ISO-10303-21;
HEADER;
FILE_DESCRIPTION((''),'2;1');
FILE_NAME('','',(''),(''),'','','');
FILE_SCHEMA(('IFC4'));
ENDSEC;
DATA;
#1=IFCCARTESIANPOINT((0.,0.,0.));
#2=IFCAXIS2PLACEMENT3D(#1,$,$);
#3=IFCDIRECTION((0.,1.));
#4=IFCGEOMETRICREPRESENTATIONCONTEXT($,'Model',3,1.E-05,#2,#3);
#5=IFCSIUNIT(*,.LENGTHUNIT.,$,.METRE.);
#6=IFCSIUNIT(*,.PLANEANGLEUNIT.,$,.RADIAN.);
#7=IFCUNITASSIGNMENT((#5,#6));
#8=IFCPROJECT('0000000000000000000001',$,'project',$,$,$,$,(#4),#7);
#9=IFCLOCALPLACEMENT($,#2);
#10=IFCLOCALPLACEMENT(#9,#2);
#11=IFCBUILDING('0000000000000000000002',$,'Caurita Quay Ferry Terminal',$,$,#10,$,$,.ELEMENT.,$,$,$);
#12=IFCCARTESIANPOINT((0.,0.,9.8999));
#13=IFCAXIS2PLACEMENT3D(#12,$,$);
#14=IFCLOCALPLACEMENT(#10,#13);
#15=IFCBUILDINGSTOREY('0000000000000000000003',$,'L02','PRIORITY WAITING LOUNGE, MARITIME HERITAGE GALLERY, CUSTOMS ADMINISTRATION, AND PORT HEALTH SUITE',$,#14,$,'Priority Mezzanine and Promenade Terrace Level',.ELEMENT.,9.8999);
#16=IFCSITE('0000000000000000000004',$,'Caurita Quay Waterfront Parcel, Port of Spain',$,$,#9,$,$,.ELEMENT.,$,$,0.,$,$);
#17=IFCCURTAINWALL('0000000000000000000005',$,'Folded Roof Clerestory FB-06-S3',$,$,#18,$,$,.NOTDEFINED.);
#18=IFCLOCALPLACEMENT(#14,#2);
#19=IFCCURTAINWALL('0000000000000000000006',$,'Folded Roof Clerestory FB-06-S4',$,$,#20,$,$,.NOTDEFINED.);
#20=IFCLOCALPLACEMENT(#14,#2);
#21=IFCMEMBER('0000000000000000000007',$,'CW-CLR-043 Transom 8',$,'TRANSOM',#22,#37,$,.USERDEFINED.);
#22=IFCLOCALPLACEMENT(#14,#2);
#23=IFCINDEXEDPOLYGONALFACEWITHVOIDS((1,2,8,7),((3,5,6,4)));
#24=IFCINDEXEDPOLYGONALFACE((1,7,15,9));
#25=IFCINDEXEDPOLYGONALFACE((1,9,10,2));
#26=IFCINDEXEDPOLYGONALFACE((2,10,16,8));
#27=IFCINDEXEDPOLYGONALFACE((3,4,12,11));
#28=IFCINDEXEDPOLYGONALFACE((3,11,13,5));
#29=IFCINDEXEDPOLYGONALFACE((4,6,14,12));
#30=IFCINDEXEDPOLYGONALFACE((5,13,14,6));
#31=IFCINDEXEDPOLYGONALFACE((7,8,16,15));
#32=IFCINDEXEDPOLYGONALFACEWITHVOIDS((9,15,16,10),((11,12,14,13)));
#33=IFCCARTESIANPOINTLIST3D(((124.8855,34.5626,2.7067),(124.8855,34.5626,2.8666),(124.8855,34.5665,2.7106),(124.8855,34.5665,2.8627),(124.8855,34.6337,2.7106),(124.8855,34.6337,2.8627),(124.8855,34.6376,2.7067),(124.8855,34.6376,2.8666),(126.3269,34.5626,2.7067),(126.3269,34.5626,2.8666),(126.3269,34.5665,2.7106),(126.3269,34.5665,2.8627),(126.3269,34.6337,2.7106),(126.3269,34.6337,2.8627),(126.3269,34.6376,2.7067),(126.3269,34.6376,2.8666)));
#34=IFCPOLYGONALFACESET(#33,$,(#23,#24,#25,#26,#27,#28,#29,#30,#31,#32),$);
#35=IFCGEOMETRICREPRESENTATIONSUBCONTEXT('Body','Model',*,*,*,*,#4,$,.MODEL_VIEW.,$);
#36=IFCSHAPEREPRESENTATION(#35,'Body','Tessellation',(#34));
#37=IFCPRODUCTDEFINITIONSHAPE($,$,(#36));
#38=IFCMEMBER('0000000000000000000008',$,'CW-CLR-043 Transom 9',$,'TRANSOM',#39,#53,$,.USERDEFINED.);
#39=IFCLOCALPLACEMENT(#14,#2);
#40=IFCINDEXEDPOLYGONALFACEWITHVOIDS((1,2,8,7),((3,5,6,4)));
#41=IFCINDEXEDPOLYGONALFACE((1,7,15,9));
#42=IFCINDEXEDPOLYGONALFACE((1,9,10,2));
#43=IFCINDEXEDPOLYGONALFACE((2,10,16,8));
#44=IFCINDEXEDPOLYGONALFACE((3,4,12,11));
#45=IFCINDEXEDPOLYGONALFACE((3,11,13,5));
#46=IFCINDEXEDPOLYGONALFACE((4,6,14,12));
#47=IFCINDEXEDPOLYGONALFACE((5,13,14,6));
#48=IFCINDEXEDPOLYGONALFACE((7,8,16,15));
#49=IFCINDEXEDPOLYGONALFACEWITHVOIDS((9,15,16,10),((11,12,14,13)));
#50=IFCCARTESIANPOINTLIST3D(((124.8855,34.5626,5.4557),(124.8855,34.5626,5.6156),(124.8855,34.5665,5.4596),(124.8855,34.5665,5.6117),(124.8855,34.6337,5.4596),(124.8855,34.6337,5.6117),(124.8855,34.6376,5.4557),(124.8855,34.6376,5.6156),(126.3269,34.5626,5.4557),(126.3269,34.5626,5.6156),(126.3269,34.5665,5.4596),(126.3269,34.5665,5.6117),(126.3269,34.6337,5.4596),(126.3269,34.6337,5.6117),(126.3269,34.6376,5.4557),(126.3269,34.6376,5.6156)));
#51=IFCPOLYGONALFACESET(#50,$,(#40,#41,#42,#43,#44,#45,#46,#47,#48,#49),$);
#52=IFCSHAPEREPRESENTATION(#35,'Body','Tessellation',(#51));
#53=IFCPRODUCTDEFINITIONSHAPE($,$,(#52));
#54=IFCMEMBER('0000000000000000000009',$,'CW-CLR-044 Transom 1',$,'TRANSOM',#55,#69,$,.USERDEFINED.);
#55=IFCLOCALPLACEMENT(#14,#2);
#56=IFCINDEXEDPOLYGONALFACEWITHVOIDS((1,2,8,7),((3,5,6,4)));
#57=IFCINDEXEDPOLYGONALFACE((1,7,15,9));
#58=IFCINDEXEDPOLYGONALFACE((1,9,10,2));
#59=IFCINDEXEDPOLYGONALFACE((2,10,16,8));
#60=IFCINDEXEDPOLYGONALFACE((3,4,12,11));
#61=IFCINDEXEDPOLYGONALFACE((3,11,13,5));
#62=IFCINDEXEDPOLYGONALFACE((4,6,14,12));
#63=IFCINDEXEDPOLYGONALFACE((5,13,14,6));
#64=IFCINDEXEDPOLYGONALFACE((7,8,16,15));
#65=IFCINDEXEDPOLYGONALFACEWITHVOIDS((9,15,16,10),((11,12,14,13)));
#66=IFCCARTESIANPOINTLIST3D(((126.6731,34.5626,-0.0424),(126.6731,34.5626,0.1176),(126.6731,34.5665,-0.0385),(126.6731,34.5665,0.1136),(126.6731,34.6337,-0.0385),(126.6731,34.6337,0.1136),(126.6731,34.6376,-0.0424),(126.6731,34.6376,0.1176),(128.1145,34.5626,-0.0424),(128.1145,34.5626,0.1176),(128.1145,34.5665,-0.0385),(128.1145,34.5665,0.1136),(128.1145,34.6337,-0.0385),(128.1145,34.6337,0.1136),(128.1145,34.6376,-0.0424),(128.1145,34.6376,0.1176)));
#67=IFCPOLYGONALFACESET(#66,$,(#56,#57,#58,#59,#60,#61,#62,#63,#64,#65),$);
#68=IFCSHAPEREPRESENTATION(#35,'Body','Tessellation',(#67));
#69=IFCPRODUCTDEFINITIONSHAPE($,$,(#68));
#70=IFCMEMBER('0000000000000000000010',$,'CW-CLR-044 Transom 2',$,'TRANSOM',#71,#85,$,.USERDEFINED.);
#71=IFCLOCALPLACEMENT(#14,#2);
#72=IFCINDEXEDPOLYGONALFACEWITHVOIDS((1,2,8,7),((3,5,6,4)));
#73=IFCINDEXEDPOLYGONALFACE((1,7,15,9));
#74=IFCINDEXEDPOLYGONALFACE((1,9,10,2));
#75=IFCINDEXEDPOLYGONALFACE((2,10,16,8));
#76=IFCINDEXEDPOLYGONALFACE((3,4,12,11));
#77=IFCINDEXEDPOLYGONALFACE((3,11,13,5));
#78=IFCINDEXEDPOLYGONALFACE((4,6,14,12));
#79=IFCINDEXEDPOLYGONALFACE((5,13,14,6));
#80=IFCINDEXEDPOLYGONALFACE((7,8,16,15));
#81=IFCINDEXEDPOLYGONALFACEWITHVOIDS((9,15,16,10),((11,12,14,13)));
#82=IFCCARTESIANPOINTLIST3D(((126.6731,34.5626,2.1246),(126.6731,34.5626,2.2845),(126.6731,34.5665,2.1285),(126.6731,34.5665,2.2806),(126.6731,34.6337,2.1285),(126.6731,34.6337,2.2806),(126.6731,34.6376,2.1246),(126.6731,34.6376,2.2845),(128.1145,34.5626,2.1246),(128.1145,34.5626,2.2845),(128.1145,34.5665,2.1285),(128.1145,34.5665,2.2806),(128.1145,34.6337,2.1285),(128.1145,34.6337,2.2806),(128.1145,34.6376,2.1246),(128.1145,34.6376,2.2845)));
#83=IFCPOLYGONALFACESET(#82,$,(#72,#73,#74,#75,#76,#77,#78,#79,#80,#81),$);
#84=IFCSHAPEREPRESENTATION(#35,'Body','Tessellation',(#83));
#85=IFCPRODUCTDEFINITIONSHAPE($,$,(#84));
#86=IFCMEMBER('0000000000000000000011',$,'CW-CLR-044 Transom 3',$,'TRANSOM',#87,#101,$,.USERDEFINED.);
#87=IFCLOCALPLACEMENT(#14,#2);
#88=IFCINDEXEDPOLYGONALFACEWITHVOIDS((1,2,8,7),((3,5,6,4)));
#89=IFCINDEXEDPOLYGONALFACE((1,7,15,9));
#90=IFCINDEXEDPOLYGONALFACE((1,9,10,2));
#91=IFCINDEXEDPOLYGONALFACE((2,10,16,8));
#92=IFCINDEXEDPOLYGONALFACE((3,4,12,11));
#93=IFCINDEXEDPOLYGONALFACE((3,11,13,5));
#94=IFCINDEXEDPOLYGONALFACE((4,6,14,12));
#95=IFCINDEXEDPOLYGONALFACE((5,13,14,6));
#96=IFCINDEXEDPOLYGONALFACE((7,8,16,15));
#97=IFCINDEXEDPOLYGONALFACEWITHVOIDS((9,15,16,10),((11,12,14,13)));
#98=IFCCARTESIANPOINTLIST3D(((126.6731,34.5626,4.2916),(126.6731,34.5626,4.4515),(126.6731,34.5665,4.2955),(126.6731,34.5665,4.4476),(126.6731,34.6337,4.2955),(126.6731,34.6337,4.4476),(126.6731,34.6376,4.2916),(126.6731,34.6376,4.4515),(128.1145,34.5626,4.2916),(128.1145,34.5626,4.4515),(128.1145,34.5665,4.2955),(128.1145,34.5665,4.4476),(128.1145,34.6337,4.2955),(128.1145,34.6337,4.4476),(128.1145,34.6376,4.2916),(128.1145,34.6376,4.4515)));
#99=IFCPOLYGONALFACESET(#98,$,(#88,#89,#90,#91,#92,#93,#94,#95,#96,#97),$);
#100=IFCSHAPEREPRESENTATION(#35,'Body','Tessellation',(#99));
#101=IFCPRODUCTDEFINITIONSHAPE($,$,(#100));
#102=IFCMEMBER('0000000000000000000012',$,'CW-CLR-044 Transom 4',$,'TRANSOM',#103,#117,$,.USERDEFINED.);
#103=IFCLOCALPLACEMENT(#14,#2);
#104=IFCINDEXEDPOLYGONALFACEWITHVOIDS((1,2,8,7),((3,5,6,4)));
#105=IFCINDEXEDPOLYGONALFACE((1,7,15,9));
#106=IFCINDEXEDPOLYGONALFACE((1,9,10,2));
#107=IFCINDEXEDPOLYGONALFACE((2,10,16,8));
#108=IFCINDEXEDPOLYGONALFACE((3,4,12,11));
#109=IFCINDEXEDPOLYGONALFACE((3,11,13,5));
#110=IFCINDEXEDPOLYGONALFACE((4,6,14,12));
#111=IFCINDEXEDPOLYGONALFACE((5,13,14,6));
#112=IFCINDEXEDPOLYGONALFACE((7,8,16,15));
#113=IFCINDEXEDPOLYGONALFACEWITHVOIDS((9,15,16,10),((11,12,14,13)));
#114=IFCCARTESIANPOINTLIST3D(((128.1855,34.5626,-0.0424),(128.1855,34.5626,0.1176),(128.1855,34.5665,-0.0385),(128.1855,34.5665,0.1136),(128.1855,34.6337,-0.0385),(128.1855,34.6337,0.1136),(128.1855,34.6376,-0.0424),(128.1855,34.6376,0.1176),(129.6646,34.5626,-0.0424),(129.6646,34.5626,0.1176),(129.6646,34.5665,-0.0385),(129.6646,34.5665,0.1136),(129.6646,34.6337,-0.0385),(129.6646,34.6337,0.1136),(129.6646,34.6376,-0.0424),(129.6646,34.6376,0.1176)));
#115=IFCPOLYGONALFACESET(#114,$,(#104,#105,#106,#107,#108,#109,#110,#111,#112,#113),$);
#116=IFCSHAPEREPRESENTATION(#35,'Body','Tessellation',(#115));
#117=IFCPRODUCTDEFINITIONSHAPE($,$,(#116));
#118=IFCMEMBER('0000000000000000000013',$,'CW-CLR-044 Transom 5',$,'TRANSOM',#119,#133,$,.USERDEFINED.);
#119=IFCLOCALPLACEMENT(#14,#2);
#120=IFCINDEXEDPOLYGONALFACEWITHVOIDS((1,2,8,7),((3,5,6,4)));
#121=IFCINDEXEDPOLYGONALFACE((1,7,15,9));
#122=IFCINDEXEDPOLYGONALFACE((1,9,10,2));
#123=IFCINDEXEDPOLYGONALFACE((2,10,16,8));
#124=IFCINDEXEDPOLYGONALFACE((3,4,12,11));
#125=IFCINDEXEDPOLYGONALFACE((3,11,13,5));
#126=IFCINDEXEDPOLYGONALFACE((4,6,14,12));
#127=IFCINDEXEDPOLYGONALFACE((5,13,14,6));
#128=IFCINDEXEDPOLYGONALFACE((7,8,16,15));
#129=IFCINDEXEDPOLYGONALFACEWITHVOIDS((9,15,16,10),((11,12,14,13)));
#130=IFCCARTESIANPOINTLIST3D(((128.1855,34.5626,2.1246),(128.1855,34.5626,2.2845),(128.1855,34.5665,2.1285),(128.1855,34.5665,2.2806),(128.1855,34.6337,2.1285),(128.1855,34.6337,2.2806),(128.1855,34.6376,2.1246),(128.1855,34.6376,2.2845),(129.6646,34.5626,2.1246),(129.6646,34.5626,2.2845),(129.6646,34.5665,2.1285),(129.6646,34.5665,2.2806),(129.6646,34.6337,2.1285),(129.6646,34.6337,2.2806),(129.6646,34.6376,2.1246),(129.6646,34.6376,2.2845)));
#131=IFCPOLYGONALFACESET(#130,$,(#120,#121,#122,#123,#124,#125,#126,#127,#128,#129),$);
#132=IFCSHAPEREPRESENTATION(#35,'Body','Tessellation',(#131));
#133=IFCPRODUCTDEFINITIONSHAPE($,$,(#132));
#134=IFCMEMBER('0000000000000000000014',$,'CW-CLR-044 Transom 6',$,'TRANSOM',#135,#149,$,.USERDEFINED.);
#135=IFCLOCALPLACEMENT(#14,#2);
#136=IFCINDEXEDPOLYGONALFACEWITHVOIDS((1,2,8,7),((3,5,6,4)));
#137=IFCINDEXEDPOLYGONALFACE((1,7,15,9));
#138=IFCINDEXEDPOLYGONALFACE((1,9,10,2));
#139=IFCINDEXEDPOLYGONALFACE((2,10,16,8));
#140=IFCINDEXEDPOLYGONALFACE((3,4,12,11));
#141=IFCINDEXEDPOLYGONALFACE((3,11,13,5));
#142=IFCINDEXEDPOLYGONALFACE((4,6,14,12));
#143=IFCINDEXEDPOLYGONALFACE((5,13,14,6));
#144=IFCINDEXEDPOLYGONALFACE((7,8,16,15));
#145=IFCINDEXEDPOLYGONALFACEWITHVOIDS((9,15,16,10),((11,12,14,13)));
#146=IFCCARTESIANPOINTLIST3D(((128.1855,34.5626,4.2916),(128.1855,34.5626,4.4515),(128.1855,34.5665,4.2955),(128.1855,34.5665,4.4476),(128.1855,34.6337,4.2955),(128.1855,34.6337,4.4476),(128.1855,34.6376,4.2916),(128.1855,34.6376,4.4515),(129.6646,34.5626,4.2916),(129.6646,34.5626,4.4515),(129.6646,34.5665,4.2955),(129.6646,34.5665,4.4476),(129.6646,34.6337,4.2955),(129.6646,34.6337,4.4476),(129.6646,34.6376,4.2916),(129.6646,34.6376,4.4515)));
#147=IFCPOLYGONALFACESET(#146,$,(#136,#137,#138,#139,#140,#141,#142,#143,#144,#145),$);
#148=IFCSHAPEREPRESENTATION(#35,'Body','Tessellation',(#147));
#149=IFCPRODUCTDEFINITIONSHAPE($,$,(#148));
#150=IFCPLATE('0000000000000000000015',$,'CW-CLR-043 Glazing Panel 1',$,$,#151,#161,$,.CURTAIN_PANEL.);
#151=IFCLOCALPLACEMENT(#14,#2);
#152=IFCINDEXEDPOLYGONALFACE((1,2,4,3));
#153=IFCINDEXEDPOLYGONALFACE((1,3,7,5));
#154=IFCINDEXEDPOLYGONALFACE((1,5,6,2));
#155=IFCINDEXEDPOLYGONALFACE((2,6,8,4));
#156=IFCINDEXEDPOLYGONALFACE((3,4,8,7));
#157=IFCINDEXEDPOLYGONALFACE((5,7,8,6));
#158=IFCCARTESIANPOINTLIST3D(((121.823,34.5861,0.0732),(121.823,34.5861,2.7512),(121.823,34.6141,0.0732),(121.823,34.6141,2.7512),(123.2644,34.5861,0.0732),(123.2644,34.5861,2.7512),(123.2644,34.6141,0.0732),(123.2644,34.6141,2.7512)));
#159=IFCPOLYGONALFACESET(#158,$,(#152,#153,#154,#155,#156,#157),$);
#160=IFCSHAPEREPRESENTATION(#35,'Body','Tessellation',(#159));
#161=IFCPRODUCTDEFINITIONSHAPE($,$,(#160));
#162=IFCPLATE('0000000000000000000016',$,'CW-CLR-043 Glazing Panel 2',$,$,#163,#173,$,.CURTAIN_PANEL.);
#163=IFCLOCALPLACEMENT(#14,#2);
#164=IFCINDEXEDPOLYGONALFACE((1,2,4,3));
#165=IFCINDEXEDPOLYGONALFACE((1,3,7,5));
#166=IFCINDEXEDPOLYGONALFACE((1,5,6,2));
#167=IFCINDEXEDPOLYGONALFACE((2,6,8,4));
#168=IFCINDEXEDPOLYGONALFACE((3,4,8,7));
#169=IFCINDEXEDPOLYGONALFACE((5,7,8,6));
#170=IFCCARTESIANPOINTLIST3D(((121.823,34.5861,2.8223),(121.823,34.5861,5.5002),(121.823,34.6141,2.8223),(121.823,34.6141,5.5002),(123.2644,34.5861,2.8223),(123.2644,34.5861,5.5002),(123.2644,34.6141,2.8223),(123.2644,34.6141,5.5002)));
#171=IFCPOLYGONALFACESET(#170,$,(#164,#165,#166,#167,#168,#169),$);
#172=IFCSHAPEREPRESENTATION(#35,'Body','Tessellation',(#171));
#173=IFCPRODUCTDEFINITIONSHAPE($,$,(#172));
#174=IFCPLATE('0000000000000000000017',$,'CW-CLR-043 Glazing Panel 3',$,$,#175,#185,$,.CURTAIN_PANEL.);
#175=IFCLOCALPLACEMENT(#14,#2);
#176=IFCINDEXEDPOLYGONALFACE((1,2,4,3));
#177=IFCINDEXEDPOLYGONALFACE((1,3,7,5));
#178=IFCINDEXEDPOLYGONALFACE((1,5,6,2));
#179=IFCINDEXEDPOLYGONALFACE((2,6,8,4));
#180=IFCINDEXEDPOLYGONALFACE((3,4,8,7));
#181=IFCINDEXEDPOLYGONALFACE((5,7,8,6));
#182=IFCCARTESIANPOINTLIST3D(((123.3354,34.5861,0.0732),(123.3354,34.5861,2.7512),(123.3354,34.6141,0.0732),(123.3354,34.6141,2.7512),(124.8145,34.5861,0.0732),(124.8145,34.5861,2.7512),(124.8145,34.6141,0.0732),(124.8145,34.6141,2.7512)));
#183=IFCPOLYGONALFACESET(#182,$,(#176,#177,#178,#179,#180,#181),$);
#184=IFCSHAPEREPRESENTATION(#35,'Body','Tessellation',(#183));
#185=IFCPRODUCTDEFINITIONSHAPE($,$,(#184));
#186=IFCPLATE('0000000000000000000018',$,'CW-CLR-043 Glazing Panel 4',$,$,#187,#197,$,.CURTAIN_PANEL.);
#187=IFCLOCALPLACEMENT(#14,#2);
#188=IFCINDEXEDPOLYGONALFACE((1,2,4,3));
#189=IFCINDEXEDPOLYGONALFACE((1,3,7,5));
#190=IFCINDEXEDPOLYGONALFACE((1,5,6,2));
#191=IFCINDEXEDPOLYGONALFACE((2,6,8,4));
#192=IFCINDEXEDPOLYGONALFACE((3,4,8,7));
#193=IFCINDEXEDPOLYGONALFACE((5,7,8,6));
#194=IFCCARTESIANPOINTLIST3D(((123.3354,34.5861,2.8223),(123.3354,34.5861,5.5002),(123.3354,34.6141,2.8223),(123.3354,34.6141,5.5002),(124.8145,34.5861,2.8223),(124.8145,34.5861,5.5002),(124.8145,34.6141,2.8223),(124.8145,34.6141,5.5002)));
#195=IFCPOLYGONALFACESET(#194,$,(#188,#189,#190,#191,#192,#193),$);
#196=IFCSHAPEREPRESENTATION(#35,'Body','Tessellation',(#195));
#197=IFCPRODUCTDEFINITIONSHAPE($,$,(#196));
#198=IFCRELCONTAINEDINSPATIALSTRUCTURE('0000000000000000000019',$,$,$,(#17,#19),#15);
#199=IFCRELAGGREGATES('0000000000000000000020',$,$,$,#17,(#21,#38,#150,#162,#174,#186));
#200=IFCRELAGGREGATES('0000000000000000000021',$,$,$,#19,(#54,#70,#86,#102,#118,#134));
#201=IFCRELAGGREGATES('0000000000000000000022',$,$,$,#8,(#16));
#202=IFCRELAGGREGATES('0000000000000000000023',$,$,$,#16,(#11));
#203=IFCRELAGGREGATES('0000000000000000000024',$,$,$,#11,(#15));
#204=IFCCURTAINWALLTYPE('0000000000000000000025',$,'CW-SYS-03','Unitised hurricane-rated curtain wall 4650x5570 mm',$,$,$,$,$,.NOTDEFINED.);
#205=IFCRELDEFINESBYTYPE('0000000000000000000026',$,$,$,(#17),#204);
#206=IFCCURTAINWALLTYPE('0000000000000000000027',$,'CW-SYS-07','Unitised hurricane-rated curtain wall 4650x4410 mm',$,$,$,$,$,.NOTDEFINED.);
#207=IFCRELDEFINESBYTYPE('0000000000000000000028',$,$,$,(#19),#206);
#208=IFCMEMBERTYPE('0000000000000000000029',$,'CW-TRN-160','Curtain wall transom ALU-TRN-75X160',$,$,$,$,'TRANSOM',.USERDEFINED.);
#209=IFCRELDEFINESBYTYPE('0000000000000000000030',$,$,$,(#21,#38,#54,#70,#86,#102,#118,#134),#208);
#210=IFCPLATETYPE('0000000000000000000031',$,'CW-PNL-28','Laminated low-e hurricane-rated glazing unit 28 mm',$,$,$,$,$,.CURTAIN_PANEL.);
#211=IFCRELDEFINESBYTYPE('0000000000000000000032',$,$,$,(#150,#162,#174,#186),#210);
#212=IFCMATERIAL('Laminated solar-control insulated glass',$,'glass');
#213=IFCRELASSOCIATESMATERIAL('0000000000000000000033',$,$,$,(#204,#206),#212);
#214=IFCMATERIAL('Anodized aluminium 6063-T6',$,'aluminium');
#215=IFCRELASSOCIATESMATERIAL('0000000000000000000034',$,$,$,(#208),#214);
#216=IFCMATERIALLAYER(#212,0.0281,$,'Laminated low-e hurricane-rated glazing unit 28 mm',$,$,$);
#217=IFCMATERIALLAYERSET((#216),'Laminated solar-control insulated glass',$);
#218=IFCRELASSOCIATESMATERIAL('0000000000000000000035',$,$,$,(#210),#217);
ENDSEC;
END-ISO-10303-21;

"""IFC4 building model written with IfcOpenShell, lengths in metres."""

from ifc_helpers import new_model, si_unit, direction, frame, origin, origin_2d, place, context, subcontext, project, spatial, rectangle, hollow_rectangle, extrude, material, layer, layer_set, material_profile, profile_set, type_object, element, aggregate, save


model = new_model("IFC4")

# Units and contexts
model_context = context("Model", 3, precision=1e-05, world=origin(), true_north=direction((0.0, 1.0)))
body_context = subcontext(model_context, "Body", "Model", "MODEL_VIEW")
ifc_project = project(units=[si_unit("LENGTHUNIT", "METRE"), si_unit("PLANEANGLEUNIT", "RADIAN")], contexts=[model_context])

# Site, building, storey
site_placement = place(None, origin())
site = spatial("IfcSite", under=ifc_project, at=site_placement, Name="Caurita Quay Waterfront Parcel, Port of Spain", CompositionType="ELEMENT", RefElevation=0.0)
building_placement = place(site_placement, origin())
building = spatial("IfcBuilding", under=site, at=building_placement, Name="Caurita Quay Ferry Terminal", CompositionType="ELEMENT")
storey_placement = place(building_placement, frame((0.0, 0.0, 9.8999)))
storey = spatial("IfcBuildingStorey", under=building, at=storey_placement, Name="L02", Description="PRIORITY WAITING LOUNGE, MARITIME HERITAGE GALLERY, CUSTOMS ADMINISTRATION, AND PORT HEALTH SUITE", LongName="Priority Mezzanine and Promenade Terrace Level", CompositionType="ELEMENT", Elevation=9.8999)

# Shared definitions
ifc_material_1 = material(Name="Laminated solar-control insulated glass", Category="glass")
ifc_material_2 = material(Name="Anodized aluminium 6063-T6", Category="aluminium")

# Curtain walls
curtain_wall_type_1 = type_object("IfcCurtainWallType", Name="CW-SYS-03", Description="Unitised hurricane-rated curtain wall 4650x5570 mm", PredefinedType="NOTDEFINED", material=ifc_material_1)
curtain_wall_1_placement = place(storey_placement, origin())
curtain_wall_1 = element("IfcCurtainWall", 1, at=curtain_wall_1_placement, inside=storey, type_object=curtain_wall_type_1, Name="Folded Roof Clerestory FB-06-S3", PredefinedType="NOTDEFINED")
curtain_wall_type_2 = type_object("IfcCurtainWallType", Name="CW-SYS-07", Description="Unitised hurricane-rated curtain wall 4650x4410 mm", PredefinedType="NOTDEFINED", material=ifc_material_1)
curtain_wall_2_placement = place(storey_placement, origin())
curtain_wall_2 = element("IfcCurtainWall", 2, at=curtain_wall_2_placement, inside=storey, type_object=curtain_wall_type_2, Name="Folded Roof Clerestory FB-06-S4", PredefinedType="NOTDEFINED")

# Members
ifc_material_profile_1 = material_profile(ifc_material_2, hollow_rectangle(XDim=0.075, YDim=0.1599, WallThickness=0.0039, at=origin_2d()), Name="ALU-TRN-75X160")
ifc_profile_set_1 = profile_set([ifc_material_profile_1], Name="Anodized aluminium 6063-T6")
member_type_1 = type_object("IfcMemberType", Name="CW-TRN-160", Description="Curtain wall transom ALU-TRN-75X160", ElementType="TRANSOM", PredefinedType="USERDEFINED", material=ifc_profile_set_1)
member_1_placement = place(storey_placement, frame((124.8855, 34.6001, 2.7866), z_axis=(1.0, 0.0, 0.0), x_axis=(0.0, 1.0, 0.0)))
member_1 = element("IfcMember", 3, at=member_1_placement, type_object=member_type_1, Name="CW-CLR-043 Transom 8", ObjectType="TRANSOM", PredefinedType="USERDEFINED", context=body_context, shape_type="SweptSolid", body=[
    extrude(hollow_rectangle(XDim=0.075, YDim=0.1599, WallThickness=0.0039, at=origin_2d()), origin(), (0.0, 0.0, 1.0), 1.4414),
])
member_2_placement = place(storey_placement, frame((124.8855, 34.6001, 5.5356), z_axis=(1.0, 0.0, 0.0), x_axis=(0.0, 1.0, 0.0)))
member_2 = element("IfcMember", 4, at=member_2_placement, type_object=member_type_1, Name="CW-CLR-043 Transom 9", ObjectType="TRANSOM", PredefinedType="USERDEFINED", context=body_context, shape_type="SweptSolid", body=[
    extrude(hollow_rectangle(XDim=0.075, YDim=0.1599, WallThickness=0.0039, at=origin_2d()), origin(), (0.0, 0.0, 1.0), 1.4414),
])
member_3_placement = place(storey_placement, frame((126.6731, 34.6001, 0.0376), z_axis=(1.0, 0.0, 0.0), x_axis=(0.0, 1.0, 0.0)))
member_3 = element("IfcMember", 5, at=member_3_placement, type_object=member_type_1, Name="CW-CLR-044 Transom 1", ObjectType="TRANSOM", PredefinedType="USERDEFINED", context=body_context, shape_type="SweptSolid", body=[
    extrude(hollow_rectangle(XDim=0.075, YDim=0.1599, WallThickness=0.0039, at=origin_2d()), origin(), (0.0, 0.0, 1.0), 1.4414),
])
member_4_placement = place(storey_placement, frame((126.6731, 34.6001, 2.2046), z_axis=(1.0, 0.0, 0.0), x_axis=(0.0, 1.0, 0.0)))
member_4 = element("IfcMember", 6, at=member_4_placement, type_object=member_type_1, Name="CW-CLR-044 Transom 2", ObjectType="TRANSOM", PredefinedType="USERDEFINED", context=body_context, shape_type="SweptSolid", body=[
    extrude(hollow_rectangle(XDim=0.075, YDim=0.1599, WallThickness=0.0039, at=origin_2d()), origin(), (0.0, 0.0, 1.0), 1.4414),
])
member_5_placement = place(storey_placement, frame((126.6731, 34.6001, 4.3716), z_axis=(1.0, 0.0, 0.0), x_axis=(0.0, 1.0, 0.0)))
member_5 = element("IfcMember", 7, at=member_5_placement, type_object=member_type_1, Name="CW-CLR-044 Transom 3", ObjectType="TRANSOM", PredefinedType="USERDEFINED", context=body_context, shape_type="SweptSolid", body=[
    extrude(hollow_rectangle(XDim=0.075, YDim=0.1599, WallThickness=0.0039, at=origin_2d()), origin(), (0.0, 0.0, 1.0), 1.4414),
])
member_6_placement = place(storey_placement, frame((128.1855, 34.6001, 0.0376), z_axis=(1.0, 0.0, 0.0), x_axis=(0.0, 1.0, 0.0)))
member_6 = element("IfcMember", 8, at=member_6_placement, type_object=member_type_1, Name="CW-CLR-044 Transom 4", ObjectType="TRANSOM", PredefinedType="USERDEFINED", context=body_context, shape_type="SweptSolid", body=[
    extrude(hollow_rectangle(XDim=0.075, YDim=0.1599, WallThickness=0.0039, at=origin_2d()), origin(), (0.0, 0.0, 1.0), 1.479),
])
member_7_placement = place(storey_placement, frame((128.1855, 34.6001, 2.2046), z_axis=(1.0, 0.0, 0.0), x_axis=(0.0, 1.0, 0.0)))
member_7 = element("IfcMember", 9, at=member_7_placement, type_object=member_type_1, Name="CW-CLR-044 Transom 5", ObjectType="TRANSOM", PredefinedType="USERDEFINED", context=body_context, shape_type="SweptSolid", body=[
    extrude(hollow_rectangle(XDim=0.075, YDim=0.1599, WallThickness=0.0039, at=origin_2d()), origin(), (0.0, 0.0, 1.0), 1.479),
])
member_8_placement = place(storey_placement, frame((128.1855, 34.6001, 4.3716), z_axis=(1.0, 0.0, 0.0), x_axis=(0.0, 1.0, 0.0)))
member_8 = element("IfcMember", 10, at=member_8_placement, type_object=member_type_1, Name="CW-CLR-044 Transom 6", ObjectType="TRANSOM", PredefinedType="USERDEFINED", context=body_context, shape_type="SweptSolid", body=[
    extrude(hollow_rectangle(XDim=0.075, YDim=0.1599, WallThickness=0.0039, at=origin_2d()), origin(), (0.0, 0.0, 1.0), 1.479),
])

# Plates
ifc_layer_1 = layer(ifc_material_1, 0.0281, Name="Laminated low-e hurricane-rated glazing unit 28 mm")
ifc_layer_set_1 = layer_set([ifc_layer_1], Name="Laminated solar-control insulated glass")
plate_type_1 = type_object("IfcPlateType", Name="CW-PNL-28", Description="Laminated low-e hurricane-rated glazing unit 28 mm", PredefinedType="CURTAIN_PANEL", material=ifc_layer_set_1)
plate_1_placement = place(storey_placement, frame((122.5437, 34.6001, 0.0732), z_axis=(0.0, 0.0, 1.0), x_axis=(1.0, 0.0, 0.0)))
plate_1 = element("IfcPlate", 11, at=plate_1_placement, type_object=plate_type_1, Name="CW-CLR-043 Glazing Panel 1", PredefinedType="CURTAIN_PANEL", context=body_context, shape_type="SweptSolid", body=[
    extrude(rectangle(XDim=1.4414, YDim=0.0281, at=origin_2d()), origin(), (0.0, 0.0, 1.0), 2.678),
])
plate_2_placement = place(storey_placement, frame((122.5437, 34.6001, 2.8223), z_axis=(0.0, 0.0, 1.0), x_axis=(1.0, 0.0, 0.0)))
plate_2 = element("IfcPlate", 12, at=plate_2_placement, type_object=plate_type_1, Name="CW-CLR-043 Glazing Panel 2", PredefinedType="CURTAIN_PANEL", context=body_context, shape_type="SweptSolid", body=[
    extrude(rectangle(XDim=1.4414, YDim=0.0281, at=origin_2d()), origin(), (0.0, 0.0, 1.0), 2.678),
])
plate_3_placement = place(storey_placement, frame((124.075, 34.6001, 0.0732), z_axis=(0.0, 0.0, 1.0), x_axis=(1.0, 0.0, 0.0)))
plate_3 = element("IfcPlate", 13, at=plate_3_placement, type_object=plate_type_1, Name="CW-CLR-043 Glazing Panel 3", PredefinedType="CURTAIN_PANEL", context=body_context, shape_type="SweptSolid", body=[
    extrude(rectangle(XDim=1.479, YDim=0.0281, at=origin_2d()), origin(), (0.0, 0.0, 1.0), 2.678),
])
plate_4_placement = place(storey_placement, frame((124.075, 34.6001, 2.8223), z_axis=(0.0, 0.0, 1.0), x_axis=(1.0, 0.0, 0.0)))
plate_4 = element("IfcPlate", 14, at=plate_4_placement, type_object=plate_type_1, Name="CW-CLR-043 Glazing Panel 4", PredefinedType="CURTAIN_PANEL", context=body_context, shape_type="SweptSolid", body=[
    extrude(rectangle(XDim=1.479, YDim=0.0281, at=origin_2d()), origin(), (0.0, 0.0, 1.0), 2.678),
])
aggregate(curtain_wall_1, [member_1, member_2, plate_1, plate_2, plate_3, plate_4])
aggregate(curtain_wall_2, [member_3, member_4, member_5, member_6, member_7, member_8])

save(model, "model.ifc")
